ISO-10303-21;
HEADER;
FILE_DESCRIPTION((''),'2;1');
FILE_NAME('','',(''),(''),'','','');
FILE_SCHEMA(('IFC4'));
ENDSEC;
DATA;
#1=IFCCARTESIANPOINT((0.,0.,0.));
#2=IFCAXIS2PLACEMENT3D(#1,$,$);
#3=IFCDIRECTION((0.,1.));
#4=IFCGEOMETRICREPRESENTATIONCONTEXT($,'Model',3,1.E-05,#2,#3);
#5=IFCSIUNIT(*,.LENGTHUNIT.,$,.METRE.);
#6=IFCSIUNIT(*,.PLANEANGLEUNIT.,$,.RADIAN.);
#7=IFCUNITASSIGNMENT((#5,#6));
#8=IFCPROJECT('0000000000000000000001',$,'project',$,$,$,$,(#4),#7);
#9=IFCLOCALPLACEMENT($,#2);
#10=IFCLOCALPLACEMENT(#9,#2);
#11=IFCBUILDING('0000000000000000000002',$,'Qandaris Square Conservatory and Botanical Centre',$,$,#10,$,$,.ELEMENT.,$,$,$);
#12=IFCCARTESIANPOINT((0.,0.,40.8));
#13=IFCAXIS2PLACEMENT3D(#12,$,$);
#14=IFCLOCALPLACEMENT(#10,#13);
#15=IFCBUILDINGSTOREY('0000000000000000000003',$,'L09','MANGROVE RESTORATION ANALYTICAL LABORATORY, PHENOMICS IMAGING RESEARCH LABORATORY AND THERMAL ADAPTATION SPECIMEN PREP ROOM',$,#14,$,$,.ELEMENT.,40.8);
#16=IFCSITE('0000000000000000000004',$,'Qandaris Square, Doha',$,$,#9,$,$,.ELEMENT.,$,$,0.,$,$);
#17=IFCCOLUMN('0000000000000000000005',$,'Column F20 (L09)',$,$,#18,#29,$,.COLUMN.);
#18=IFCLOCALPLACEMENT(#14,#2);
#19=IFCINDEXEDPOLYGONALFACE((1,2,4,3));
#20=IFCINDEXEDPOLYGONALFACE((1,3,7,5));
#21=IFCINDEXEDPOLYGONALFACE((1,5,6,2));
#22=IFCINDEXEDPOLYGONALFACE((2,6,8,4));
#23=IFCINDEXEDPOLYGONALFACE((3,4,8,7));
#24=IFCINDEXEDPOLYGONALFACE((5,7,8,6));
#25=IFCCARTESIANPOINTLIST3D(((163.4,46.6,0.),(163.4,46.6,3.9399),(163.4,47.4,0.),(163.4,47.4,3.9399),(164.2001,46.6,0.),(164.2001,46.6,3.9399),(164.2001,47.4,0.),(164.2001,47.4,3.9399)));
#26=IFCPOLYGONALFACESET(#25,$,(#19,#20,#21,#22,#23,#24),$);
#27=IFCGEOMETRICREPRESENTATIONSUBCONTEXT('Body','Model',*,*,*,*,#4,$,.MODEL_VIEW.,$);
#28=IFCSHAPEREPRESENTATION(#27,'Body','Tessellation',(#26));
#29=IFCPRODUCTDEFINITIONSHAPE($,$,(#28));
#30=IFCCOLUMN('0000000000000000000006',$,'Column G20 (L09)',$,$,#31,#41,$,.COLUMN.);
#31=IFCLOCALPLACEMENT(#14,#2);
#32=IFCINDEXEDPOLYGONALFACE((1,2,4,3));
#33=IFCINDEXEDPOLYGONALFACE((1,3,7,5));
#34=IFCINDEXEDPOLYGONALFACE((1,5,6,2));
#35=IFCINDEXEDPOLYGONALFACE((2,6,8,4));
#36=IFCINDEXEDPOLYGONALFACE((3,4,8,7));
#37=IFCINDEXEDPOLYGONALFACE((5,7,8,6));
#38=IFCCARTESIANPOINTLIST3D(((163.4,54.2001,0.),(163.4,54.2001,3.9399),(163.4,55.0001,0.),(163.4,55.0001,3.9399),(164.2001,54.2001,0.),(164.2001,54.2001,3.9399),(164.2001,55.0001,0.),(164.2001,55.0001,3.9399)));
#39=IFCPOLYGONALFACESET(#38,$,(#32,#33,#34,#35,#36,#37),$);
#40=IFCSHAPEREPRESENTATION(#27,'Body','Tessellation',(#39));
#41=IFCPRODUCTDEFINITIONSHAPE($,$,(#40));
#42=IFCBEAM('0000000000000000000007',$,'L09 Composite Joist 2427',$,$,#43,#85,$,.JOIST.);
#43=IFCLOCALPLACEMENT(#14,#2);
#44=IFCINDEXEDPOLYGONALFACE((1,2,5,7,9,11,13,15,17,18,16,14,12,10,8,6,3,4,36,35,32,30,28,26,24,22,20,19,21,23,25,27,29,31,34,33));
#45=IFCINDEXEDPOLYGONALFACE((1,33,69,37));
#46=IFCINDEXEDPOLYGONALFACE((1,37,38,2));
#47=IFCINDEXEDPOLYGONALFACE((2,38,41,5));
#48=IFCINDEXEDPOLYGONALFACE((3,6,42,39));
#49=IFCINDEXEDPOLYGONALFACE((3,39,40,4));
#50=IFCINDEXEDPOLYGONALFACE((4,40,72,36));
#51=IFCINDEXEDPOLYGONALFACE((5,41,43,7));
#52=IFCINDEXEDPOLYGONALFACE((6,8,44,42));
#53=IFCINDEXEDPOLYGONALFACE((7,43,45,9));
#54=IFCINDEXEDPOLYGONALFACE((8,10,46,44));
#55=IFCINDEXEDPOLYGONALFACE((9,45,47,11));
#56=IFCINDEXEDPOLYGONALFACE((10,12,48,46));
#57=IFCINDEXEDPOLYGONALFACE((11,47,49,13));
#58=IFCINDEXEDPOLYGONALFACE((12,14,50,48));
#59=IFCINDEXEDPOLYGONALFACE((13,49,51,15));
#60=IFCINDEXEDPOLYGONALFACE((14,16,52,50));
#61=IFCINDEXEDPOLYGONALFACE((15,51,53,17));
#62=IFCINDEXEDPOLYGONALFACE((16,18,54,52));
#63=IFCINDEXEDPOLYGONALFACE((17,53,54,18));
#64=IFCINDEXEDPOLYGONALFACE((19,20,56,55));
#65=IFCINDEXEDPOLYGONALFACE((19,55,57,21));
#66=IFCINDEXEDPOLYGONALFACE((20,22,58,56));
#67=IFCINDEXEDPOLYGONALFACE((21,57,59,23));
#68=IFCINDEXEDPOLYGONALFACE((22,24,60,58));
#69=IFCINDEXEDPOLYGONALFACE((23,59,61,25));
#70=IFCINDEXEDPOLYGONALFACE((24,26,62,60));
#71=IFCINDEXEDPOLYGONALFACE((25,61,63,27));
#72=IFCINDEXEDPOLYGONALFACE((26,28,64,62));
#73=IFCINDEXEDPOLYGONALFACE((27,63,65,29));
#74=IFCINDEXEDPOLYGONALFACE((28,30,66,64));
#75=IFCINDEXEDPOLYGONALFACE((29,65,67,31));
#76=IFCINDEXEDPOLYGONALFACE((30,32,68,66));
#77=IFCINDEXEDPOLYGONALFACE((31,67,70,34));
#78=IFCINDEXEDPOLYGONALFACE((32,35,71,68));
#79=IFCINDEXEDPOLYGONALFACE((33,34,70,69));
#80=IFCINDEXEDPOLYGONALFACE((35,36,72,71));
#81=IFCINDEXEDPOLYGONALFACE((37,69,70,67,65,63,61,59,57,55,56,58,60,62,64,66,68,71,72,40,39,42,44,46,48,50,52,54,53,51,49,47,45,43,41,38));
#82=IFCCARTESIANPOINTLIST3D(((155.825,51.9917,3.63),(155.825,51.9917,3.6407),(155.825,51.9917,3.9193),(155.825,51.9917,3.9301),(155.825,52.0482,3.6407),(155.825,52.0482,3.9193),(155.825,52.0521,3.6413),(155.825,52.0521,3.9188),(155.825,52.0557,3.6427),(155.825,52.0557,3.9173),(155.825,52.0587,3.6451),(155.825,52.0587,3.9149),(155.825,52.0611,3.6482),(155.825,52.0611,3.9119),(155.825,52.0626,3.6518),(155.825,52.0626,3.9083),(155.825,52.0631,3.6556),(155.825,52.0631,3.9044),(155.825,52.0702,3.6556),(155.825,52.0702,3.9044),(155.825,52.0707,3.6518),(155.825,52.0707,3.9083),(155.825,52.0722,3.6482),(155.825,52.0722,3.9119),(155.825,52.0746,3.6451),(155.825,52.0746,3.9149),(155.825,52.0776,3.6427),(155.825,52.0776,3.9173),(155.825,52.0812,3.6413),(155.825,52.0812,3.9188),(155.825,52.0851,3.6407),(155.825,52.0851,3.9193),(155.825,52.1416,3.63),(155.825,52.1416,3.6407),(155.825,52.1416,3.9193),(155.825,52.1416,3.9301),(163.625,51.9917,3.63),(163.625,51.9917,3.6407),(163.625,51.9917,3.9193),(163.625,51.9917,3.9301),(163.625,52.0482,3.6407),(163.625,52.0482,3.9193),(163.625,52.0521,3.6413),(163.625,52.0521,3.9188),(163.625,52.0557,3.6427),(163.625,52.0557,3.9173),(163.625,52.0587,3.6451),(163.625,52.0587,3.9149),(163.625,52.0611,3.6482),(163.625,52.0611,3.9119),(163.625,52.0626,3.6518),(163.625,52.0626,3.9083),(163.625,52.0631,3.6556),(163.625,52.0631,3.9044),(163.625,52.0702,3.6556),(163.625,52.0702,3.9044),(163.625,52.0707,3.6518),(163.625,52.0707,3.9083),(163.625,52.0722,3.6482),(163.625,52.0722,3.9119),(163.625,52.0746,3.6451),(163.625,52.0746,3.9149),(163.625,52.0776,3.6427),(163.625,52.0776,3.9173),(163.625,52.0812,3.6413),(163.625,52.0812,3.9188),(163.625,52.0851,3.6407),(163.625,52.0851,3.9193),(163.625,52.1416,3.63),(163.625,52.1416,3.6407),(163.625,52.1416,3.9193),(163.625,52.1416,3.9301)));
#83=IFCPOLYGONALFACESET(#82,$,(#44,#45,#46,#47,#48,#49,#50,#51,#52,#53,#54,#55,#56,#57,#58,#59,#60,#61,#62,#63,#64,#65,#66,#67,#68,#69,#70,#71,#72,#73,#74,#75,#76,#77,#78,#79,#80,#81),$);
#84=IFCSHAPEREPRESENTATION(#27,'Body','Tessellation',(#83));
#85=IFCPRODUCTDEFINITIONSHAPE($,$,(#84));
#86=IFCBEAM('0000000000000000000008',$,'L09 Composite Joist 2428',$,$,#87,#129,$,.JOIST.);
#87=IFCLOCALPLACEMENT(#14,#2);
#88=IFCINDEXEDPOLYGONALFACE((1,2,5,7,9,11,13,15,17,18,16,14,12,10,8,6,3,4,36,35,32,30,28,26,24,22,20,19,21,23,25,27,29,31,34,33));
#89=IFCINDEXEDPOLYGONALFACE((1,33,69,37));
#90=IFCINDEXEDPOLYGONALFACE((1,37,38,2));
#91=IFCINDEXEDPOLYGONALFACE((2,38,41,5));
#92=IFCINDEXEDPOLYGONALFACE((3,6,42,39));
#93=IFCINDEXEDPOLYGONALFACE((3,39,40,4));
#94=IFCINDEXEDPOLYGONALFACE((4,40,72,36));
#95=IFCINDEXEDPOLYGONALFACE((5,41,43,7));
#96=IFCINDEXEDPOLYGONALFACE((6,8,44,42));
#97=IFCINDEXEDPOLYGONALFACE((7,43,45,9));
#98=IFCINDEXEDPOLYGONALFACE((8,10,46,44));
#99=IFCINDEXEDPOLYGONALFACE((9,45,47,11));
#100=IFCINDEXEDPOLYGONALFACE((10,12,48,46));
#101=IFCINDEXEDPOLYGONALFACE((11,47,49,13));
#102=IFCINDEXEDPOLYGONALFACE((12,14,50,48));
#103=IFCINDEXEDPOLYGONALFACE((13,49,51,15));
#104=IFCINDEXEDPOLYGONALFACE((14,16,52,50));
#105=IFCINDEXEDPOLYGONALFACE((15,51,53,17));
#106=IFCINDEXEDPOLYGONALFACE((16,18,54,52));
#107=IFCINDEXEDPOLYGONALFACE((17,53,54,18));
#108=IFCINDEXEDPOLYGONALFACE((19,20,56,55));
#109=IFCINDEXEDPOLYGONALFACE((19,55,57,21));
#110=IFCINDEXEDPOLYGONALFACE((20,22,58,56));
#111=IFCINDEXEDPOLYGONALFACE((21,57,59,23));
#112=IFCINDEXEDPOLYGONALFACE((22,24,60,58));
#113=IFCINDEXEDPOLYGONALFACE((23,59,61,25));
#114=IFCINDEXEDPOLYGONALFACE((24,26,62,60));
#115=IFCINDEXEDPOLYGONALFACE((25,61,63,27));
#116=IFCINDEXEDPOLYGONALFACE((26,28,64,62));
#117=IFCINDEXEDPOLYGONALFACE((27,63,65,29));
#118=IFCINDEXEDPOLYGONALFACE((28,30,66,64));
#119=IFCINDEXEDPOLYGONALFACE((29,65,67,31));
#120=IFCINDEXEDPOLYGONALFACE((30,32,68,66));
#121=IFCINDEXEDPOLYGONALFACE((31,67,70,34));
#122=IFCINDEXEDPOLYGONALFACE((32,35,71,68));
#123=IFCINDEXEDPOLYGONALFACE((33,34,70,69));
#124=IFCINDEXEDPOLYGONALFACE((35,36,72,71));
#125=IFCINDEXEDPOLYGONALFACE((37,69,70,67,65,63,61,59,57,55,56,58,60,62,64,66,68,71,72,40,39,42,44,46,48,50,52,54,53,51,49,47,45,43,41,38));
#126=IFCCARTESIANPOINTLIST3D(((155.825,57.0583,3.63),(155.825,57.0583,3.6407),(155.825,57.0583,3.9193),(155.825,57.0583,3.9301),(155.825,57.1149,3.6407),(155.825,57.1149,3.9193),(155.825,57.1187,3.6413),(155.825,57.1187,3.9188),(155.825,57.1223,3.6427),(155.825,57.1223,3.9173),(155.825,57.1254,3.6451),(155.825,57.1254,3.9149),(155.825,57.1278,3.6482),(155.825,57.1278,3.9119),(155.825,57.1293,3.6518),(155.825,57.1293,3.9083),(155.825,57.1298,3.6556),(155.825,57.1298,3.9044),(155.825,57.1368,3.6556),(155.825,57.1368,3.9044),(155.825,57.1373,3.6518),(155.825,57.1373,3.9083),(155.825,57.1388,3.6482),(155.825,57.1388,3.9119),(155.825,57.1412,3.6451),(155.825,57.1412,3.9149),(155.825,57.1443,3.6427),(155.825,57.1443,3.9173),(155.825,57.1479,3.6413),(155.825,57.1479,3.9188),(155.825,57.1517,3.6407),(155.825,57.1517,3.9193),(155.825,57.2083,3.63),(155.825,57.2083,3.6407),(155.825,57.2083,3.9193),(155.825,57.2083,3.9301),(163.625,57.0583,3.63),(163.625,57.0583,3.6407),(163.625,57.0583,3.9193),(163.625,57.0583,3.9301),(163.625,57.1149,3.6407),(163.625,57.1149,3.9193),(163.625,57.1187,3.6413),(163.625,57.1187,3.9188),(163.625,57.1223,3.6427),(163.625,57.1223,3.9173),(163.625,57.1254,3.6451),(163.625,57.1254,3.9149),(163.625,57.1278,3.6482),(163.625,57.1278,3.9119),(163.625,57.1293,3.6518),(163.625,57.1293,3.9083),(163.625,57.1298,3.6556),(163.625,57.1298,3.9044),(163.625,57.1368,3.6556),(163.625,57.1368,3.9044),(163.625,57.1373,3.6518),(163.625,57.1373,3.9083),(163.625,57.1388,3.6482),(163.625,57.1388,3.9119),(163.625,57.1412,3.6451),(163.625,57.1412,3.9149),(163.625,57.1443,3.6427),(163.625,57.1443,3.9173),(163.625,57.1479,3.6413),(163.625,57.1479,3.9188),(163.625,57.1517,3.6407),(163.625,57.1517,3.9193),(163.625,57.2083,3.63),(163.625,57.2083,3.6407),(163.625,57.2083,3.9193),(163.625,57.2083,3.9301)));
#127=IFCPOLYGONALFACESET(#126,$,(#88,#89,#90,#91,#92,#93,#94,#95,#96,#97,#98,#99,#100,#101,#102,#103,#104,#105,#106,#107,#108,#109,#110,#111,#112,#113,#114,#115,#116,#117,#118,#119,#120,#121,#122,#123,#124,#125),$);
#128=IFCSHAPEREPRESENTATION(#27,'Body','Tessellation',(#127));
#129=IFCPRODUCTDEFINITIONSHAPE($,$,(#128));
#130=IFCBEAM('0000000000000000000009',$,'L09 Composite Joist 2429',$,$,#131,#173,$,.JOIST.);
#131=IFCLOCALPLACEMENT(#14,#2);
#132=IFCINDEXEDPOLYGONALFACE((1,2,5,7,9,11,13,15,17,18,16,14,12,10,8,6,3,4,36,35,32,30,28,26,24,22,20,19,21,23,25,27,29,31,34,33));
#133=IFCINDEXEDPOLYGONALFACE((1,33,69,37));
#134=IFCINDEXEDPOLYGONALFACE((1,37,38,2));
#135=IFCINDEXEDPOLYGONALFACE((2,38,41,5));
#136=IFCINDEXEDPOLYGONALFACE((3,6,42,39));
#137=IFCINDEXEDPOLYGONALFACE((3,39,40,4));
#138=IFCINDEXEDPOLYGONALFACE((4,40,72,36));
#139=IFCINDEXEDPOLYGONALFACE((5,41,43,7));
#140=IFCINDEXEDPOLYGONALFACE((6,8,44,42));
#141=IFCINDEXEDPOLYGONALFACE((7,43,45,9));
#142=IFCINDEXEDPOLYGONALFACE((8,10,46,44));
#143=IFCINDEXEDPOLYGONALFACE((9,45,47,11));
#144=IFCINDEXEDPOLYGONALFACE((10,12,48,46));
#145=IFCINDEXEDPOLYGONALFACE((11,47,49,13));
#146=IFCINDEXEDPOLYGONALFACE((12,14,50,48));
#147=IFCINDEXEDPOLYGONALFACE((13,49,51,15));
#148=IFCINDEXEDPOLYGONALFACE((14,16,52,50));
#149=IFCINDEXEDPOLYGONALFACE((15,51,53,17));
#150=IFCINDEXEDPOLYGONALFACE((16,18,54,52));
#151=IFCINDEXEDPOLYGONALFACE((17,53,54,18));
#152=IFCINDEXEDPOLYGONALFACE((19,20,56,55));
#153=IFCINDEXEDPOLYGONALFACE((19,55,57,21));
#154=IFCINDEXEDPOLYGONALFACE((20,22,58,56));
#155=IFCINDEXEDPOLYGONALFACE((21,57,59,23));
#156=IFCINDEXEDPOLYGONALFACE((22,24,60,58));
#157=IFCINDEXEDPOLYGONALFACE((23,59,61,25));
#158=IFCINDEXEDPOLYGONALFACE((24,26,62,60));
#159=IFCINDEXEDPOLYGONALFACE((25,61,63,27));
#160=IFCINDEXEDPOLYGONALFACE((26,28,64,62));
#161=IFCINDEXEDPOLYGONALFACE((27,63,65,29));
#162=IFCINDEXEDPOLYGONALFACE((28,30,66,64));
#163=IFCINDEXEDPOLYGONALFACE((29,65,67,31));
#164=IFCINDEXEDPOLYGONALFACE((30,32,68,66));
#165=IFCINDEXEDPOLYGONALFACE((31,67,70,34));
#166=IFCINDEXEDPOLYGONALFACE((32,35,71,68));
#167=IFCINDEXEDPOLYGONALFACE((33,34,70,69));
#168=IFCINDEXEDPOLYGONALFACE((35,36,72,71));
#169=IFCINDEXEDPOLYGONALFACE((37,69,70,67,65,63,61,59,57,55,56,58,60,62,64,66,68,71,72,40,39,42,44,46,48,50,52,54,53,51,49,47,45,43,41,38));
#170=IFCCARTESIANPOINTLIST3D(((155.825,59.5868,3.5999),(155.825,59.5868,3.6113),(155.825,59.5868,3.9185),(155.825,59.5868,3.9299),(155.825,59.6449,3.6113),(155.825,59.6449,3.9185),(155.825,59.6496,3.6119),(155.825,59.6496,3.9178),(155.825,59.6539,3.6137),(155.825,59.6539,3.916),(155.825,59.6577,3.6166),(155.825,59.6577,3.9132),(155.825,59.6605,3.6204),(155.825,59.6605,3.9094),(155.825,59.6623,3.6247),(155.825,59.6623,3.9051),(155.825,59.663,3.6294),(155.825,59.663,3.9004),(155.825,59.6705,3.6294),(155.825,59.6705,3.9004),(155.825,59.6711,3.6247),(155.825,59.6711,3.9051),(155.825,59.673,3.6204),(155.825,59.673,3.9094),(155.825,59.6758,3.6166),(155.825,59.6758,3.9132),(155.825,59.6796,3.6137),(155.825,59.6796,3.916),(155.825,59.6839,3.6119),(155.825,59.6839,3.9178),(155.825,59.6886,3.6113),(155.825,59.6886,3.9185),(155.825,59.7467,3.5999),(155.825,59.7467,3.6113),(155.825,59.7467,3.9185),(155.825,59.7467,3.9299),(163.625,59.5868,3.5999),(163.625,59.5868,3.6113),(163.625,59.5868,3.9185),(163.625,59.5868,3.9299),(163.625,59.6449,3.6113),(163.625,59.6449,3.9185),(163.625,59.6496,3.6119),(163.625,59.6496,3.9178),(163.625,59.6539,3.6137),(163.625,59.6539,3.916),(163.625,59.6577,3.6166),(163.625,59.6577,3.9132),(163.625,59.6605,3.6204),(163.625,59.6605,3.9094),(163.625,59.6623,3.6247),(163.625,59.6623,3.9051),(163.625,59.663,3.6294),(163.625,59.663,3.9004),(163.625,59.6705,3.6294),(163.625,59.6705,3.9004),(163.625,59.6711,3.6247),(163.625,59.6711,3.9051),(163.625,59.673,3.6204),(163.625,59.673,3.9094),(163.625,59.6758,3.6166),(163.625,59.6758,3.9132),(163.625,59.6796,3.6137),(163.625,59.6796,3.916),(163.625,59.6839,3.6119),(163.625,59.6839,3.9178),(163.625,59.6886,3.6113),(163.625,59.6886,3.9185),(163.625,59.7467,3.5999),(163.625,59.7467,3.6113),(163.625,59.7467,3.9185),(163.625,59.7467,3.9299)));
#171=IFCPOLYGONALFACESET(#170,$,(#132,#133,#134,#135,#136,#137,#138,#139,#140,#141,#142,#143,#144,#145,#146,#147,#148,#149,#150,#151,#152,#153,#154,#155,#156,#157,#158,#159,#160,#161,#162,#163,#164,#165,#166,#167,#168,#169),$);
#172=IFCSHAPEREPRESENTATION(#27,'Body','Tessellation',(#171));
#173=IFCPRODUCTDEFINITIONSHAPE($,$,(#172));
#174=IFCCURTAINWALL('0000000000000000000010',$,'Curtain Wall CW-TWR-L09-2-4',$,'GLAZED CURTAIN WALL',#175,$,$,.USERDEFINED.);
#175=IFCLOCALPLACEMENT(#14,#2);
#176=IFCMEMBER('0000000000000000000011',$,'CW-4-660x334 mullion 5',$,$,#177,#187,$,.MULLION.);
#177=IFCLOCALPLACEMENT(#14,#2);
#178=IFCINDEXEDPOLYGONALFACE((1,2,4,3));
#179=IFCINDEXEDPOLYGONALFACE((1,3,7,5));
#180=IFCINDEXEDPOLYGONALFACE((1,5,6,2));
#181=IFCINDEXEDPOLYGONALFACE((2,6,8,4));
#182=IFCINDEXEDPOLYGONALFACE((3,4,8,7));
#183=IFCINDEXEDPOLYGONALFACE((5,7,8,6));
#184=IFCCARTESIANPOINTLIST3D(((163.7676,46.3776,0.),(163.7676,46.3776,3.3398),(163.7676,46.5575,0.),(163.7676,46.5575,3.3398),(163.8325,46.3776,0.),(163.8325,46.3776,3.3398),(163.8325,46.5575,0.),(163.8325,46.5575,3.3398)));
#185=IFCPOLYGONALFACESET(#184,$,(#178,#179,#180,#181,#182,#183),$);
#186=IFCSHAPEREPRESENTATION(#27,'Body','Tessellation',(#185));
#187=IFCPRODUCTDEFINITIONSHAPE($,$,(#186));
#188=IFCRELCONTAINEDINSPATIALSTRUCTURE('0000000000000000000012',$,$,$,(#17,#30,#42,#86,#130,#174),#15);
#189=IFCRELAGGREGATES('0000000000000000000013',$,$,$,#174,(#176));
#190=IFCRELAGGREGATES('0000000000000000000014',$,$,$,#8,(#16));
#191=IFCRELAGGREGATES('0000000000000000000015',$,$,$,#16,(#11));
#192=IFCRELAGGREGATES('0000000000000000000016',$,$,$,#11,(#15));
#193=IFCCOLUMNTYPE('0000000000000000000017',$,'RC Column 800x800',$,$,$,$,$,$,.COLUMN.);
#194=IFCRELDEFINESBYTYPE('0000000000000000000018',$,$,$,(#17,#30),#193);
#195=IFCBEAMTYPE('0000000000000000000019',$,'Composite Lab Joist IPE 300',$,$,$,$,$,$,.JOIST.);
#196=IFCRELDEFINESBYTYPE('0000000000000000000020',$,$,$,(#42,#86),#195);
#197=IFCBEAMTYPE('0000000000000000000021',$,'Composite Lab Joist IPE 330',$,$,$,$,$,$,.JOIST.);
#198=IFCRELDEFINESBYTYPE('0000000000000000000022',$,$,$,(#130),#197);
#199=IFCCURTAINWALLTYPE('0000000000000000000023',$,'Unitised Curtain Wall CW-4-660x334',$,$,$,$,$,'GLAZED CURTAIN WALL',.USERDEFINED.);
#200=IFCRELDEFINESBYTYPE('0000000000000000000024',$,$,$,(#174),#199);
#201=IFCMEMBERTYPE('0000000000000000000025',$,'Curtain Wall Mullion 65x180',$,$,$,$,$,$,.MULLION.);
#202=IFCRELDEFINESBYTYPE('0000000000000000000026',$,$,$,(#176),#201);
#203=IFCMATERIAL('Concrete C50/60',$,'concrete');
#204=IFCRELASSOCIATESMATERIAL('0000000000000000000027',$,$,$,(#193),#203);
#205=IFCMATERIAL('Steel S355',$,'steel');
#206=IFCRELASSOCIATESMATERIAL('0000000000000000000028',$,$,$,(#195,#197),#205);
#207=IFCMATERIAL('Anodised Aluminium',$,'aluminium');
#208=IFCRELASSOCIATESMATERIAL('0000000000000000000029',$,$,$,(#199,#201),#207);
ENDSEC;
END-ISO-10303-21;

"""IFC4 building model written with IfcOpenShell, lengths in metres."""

from ifc_helpers import new_model, si_unit, direction, frame, origin, origin_2d, place, context, subcontext, project, spatial, rectangle, i_section, extrude, material, material_profile, profile_set, type_object, element, aggregate, save


model = new_model("IFC4")

# Units and contexts
model_context = context("Model", 3, precision=1e-05, world=origin(), true_north=direction((0.0, 1.0)))
body_context = subcontext(model_context, "Body", "Model", "MODEL_VIEW")
ifc_project = project(units=[si_unit("LENGTHUNIT", "METRE"), si_unit("PLANEANGLEUNIT", "RADIAN")], contexts=[model_context])

# Site, building, storey
site_placement = place(None, origin())
site = spatial("IfcSite", under=ifc_project, at=site_placement, Name="Qandaris Square, Doha", CompositionType="ELEMENT", RefElevation=0.0)
building_placement = place(site_placement, origin())
building = spatial("IfcBuilding", under=site, at=building_placement, Name="Qandaris Square Conservatory and Botanical Centre", CompositionType="ELEMENT")
storey_placement = place(building_placement, frame((0.0, 0.0, 40.8)))
storey = spatial("IfcBuildingStorey", under=building, at=storey_placement, Name="L09", Description="MANGROVE RESTORATION ANALYTICAL LABORATORY, PHENOMICS IMAGING RESEARCH LABORATORY AND THERMAL ADAPTATION SPECIMEN PREP ROOM", CompositionType="ELEMENT", Elevation=40.8)

# Columns
ifc_material_1 = material(Name="Concrete C50/60", Category="concrete")
ifc_material_profile_1 = material_profile(ifc_material_1, rectangle(XDim=0.8, YDim=0.8, at=origin_2d()), Name="RC-COL 800x800")
ifc_profile_set_1 = profile_set([ifc_material_profile_1], Name="Concrete C50/60")
column_type = type_object("IfcColumnType", Name="RC Column 800x800", PredefinedType="COLUMN", material=ifc_profile_set_1)
for number, where, z_axis, x_axis, name in (
    (1, (163.8, 47.0, 0.0), (0.0, 0.0, 1.0), (1.0, 0.0, 0.0), "Column F20 (L09)"),
    (2, (163.8, 54.6001, 0.0), (0.0, 0.0, 1.0), (1.0, 0.0, 0.0), "Column G20 (L09)"),
):
    element("IfcColumn", number, at=place(storey_placement, frame(where, z_axis=z_axis, x_axis=x_axis)), inside=storey, type_object=column_type, Name=name, PredefinedType="COLUMN", context=body_context, shape_type="SweptSolid", body=[
        extrude(rectangle(XDim=0.8, YDim=0.8, at=origin_2d()), origin(), (0.0, 0.0, 1.0), 3.9399),
    ])

# Beams
ifc_material_2 = material(Name="Steel S355", Category="steel")
ifc_material_profile_2 = material_profile(ifc_material_2, i_section(OverallWidth=0.1499, OverallDepth=0.3, WebThickness=0.0071, FlangeThickness=0.0107, FilletRadius=0.0149, at=origin_2d()), Name="IPE 300")
ifc_profile_set_2 = profile_set([ifc_material_profile_2], Name="Steel S355")
beam_type_1 = type_object("IfcBeamType", Name="Composite Lab Joist IPE 300", PredefinedType="JOIST", material=ifc_profile_set_2)
for number, where, z_axis, x_axis, name in (
    (3, (155.825, 52.0667, 3.78), (1.0, 0.0, 0.0), (0.0, 1.0, 0.0), "L09 Composite Joist 2427"),
    (4, (155.825, 57.1333, 3.78), (1.0, 0.0, 0.0), (0.0, 1.0, 0.0), "L09 Composite Joist 2428"),
):
    element("IfcBeam", number, at=place(storey_placement, frame(where, z_axis=z_axis, x_axis=x_axis)), inside=storey, type_object=beam_type_1, Name=name, PredefinedType="JOIST", context=body_context, shape_type="SweptSolid", body=[
        extrude(i_section(OverallWidth=0.1499, OverallDepth=0.3, WebThickness=0.0071, FlangeThickness=0.0107, FilletRadius=0.0149, at=origin_2d()), origin(), (0.0, 0.0, 1.0), 7.8),
    ])
ifc_material_profile_3 = material_profile(ifc_material_2, i_section(OverallWidth=0.1599, OverallDepth=0.3301, WebThickness=0.0076, FlangeThickness=0.0115, FilletRadius=0.0181, at=origin_2d()), Name="IPE 330")
ifc_profile_set_3 = profile_set([ifc_material_profile_3], Name="Steel S355")
beam_type_2 = type_object("IfcBeamType", Name="Composite Lab Joist IPE 330", PredefinedType="JOIST", material=ifc_profile_set_3)
beam_1_placement = place(storey_placement, frame((155.825, 59.6667, 3.7649), z_axis=(1.0, 0.0, 0.0), x_axis=(0.0, 1.0, 0.0)))
element("IfcBeam", 5, at=beam_1_placement, inside=storey, type_object=beam_type_2, Name="L09 Composite Joist 2429", PredefinedType="JOIST", context=body_context, shape_type="SweptSolid", body=[
    extrude(i_section(OverallWidth=0.1599, OverallDepth=0.3301, WebThickness=0.0076, FlangeThickness=0.0115, FilletRadius=0.0181, at=origin_2d()), origin(), (0.0, 0.0, 1.0), 7.8),
])

# Curtain wall, member
ifc_material_3 = material(Name="Anodised Aluminium", Category="aluminium")
curtain_wall_type = type_object("IfcCurtainWallType", Name="Unitised Curtain Wall CW-4-660x334", ElementType="GLAZED CURTAIN WALL", PredefinedType="USERDEFINED", material=ifc_material_3)
curtain_wall_placement = place(storey_placement, origin())
curtain_wall = element("IfcCurtainWall", 6, at=curtain_wall_placement, inside=storey, type_object=curtain_wall_type, Name="Curtain Wall CW-TWR-L09-2-4", ObjectType="GLAZED CURTAIN WALL", PredefinedType="USERDEFINED")
ifc_material_profile_4 = material_profile(ifc_material_3, rectangle(XDim=0.0649, YDim=0.1799, at=origin_2d()), Name="ALU-MUL 65x180")
ifc_profile_set_4 = profile_set([ifc_material_profile_4], Name="Anodised Aluminium")
member_type = type_object("IfcMemberType", Name="Curtain Wall Mullion 65x180", PredefinedType="MULLION", material=ifc_profile_set_4)
member_placement = place(storey_placement, frame((163.8, 46.4675, 0.0), z_axis=(0.0, 0.0, 1.0), x_axis=(-1.0, 0.0, 0.0)))
member = element("IfcMember", 7, at=member_placement, type_object=member_type, Name="CW-4-660x334 mullion 5", PredefinedType="MULLION", context=body_context, shape_type="SweptSolid", body=[
    extrude(rectangle(XDim=0.0649, YDim=0.1799, at=origin_2d()), origin(), (0.0, 0.0, 1.0), 3.3398),
])

aggregate(curtain_wall, [member])

save(model, "model.ifc")
